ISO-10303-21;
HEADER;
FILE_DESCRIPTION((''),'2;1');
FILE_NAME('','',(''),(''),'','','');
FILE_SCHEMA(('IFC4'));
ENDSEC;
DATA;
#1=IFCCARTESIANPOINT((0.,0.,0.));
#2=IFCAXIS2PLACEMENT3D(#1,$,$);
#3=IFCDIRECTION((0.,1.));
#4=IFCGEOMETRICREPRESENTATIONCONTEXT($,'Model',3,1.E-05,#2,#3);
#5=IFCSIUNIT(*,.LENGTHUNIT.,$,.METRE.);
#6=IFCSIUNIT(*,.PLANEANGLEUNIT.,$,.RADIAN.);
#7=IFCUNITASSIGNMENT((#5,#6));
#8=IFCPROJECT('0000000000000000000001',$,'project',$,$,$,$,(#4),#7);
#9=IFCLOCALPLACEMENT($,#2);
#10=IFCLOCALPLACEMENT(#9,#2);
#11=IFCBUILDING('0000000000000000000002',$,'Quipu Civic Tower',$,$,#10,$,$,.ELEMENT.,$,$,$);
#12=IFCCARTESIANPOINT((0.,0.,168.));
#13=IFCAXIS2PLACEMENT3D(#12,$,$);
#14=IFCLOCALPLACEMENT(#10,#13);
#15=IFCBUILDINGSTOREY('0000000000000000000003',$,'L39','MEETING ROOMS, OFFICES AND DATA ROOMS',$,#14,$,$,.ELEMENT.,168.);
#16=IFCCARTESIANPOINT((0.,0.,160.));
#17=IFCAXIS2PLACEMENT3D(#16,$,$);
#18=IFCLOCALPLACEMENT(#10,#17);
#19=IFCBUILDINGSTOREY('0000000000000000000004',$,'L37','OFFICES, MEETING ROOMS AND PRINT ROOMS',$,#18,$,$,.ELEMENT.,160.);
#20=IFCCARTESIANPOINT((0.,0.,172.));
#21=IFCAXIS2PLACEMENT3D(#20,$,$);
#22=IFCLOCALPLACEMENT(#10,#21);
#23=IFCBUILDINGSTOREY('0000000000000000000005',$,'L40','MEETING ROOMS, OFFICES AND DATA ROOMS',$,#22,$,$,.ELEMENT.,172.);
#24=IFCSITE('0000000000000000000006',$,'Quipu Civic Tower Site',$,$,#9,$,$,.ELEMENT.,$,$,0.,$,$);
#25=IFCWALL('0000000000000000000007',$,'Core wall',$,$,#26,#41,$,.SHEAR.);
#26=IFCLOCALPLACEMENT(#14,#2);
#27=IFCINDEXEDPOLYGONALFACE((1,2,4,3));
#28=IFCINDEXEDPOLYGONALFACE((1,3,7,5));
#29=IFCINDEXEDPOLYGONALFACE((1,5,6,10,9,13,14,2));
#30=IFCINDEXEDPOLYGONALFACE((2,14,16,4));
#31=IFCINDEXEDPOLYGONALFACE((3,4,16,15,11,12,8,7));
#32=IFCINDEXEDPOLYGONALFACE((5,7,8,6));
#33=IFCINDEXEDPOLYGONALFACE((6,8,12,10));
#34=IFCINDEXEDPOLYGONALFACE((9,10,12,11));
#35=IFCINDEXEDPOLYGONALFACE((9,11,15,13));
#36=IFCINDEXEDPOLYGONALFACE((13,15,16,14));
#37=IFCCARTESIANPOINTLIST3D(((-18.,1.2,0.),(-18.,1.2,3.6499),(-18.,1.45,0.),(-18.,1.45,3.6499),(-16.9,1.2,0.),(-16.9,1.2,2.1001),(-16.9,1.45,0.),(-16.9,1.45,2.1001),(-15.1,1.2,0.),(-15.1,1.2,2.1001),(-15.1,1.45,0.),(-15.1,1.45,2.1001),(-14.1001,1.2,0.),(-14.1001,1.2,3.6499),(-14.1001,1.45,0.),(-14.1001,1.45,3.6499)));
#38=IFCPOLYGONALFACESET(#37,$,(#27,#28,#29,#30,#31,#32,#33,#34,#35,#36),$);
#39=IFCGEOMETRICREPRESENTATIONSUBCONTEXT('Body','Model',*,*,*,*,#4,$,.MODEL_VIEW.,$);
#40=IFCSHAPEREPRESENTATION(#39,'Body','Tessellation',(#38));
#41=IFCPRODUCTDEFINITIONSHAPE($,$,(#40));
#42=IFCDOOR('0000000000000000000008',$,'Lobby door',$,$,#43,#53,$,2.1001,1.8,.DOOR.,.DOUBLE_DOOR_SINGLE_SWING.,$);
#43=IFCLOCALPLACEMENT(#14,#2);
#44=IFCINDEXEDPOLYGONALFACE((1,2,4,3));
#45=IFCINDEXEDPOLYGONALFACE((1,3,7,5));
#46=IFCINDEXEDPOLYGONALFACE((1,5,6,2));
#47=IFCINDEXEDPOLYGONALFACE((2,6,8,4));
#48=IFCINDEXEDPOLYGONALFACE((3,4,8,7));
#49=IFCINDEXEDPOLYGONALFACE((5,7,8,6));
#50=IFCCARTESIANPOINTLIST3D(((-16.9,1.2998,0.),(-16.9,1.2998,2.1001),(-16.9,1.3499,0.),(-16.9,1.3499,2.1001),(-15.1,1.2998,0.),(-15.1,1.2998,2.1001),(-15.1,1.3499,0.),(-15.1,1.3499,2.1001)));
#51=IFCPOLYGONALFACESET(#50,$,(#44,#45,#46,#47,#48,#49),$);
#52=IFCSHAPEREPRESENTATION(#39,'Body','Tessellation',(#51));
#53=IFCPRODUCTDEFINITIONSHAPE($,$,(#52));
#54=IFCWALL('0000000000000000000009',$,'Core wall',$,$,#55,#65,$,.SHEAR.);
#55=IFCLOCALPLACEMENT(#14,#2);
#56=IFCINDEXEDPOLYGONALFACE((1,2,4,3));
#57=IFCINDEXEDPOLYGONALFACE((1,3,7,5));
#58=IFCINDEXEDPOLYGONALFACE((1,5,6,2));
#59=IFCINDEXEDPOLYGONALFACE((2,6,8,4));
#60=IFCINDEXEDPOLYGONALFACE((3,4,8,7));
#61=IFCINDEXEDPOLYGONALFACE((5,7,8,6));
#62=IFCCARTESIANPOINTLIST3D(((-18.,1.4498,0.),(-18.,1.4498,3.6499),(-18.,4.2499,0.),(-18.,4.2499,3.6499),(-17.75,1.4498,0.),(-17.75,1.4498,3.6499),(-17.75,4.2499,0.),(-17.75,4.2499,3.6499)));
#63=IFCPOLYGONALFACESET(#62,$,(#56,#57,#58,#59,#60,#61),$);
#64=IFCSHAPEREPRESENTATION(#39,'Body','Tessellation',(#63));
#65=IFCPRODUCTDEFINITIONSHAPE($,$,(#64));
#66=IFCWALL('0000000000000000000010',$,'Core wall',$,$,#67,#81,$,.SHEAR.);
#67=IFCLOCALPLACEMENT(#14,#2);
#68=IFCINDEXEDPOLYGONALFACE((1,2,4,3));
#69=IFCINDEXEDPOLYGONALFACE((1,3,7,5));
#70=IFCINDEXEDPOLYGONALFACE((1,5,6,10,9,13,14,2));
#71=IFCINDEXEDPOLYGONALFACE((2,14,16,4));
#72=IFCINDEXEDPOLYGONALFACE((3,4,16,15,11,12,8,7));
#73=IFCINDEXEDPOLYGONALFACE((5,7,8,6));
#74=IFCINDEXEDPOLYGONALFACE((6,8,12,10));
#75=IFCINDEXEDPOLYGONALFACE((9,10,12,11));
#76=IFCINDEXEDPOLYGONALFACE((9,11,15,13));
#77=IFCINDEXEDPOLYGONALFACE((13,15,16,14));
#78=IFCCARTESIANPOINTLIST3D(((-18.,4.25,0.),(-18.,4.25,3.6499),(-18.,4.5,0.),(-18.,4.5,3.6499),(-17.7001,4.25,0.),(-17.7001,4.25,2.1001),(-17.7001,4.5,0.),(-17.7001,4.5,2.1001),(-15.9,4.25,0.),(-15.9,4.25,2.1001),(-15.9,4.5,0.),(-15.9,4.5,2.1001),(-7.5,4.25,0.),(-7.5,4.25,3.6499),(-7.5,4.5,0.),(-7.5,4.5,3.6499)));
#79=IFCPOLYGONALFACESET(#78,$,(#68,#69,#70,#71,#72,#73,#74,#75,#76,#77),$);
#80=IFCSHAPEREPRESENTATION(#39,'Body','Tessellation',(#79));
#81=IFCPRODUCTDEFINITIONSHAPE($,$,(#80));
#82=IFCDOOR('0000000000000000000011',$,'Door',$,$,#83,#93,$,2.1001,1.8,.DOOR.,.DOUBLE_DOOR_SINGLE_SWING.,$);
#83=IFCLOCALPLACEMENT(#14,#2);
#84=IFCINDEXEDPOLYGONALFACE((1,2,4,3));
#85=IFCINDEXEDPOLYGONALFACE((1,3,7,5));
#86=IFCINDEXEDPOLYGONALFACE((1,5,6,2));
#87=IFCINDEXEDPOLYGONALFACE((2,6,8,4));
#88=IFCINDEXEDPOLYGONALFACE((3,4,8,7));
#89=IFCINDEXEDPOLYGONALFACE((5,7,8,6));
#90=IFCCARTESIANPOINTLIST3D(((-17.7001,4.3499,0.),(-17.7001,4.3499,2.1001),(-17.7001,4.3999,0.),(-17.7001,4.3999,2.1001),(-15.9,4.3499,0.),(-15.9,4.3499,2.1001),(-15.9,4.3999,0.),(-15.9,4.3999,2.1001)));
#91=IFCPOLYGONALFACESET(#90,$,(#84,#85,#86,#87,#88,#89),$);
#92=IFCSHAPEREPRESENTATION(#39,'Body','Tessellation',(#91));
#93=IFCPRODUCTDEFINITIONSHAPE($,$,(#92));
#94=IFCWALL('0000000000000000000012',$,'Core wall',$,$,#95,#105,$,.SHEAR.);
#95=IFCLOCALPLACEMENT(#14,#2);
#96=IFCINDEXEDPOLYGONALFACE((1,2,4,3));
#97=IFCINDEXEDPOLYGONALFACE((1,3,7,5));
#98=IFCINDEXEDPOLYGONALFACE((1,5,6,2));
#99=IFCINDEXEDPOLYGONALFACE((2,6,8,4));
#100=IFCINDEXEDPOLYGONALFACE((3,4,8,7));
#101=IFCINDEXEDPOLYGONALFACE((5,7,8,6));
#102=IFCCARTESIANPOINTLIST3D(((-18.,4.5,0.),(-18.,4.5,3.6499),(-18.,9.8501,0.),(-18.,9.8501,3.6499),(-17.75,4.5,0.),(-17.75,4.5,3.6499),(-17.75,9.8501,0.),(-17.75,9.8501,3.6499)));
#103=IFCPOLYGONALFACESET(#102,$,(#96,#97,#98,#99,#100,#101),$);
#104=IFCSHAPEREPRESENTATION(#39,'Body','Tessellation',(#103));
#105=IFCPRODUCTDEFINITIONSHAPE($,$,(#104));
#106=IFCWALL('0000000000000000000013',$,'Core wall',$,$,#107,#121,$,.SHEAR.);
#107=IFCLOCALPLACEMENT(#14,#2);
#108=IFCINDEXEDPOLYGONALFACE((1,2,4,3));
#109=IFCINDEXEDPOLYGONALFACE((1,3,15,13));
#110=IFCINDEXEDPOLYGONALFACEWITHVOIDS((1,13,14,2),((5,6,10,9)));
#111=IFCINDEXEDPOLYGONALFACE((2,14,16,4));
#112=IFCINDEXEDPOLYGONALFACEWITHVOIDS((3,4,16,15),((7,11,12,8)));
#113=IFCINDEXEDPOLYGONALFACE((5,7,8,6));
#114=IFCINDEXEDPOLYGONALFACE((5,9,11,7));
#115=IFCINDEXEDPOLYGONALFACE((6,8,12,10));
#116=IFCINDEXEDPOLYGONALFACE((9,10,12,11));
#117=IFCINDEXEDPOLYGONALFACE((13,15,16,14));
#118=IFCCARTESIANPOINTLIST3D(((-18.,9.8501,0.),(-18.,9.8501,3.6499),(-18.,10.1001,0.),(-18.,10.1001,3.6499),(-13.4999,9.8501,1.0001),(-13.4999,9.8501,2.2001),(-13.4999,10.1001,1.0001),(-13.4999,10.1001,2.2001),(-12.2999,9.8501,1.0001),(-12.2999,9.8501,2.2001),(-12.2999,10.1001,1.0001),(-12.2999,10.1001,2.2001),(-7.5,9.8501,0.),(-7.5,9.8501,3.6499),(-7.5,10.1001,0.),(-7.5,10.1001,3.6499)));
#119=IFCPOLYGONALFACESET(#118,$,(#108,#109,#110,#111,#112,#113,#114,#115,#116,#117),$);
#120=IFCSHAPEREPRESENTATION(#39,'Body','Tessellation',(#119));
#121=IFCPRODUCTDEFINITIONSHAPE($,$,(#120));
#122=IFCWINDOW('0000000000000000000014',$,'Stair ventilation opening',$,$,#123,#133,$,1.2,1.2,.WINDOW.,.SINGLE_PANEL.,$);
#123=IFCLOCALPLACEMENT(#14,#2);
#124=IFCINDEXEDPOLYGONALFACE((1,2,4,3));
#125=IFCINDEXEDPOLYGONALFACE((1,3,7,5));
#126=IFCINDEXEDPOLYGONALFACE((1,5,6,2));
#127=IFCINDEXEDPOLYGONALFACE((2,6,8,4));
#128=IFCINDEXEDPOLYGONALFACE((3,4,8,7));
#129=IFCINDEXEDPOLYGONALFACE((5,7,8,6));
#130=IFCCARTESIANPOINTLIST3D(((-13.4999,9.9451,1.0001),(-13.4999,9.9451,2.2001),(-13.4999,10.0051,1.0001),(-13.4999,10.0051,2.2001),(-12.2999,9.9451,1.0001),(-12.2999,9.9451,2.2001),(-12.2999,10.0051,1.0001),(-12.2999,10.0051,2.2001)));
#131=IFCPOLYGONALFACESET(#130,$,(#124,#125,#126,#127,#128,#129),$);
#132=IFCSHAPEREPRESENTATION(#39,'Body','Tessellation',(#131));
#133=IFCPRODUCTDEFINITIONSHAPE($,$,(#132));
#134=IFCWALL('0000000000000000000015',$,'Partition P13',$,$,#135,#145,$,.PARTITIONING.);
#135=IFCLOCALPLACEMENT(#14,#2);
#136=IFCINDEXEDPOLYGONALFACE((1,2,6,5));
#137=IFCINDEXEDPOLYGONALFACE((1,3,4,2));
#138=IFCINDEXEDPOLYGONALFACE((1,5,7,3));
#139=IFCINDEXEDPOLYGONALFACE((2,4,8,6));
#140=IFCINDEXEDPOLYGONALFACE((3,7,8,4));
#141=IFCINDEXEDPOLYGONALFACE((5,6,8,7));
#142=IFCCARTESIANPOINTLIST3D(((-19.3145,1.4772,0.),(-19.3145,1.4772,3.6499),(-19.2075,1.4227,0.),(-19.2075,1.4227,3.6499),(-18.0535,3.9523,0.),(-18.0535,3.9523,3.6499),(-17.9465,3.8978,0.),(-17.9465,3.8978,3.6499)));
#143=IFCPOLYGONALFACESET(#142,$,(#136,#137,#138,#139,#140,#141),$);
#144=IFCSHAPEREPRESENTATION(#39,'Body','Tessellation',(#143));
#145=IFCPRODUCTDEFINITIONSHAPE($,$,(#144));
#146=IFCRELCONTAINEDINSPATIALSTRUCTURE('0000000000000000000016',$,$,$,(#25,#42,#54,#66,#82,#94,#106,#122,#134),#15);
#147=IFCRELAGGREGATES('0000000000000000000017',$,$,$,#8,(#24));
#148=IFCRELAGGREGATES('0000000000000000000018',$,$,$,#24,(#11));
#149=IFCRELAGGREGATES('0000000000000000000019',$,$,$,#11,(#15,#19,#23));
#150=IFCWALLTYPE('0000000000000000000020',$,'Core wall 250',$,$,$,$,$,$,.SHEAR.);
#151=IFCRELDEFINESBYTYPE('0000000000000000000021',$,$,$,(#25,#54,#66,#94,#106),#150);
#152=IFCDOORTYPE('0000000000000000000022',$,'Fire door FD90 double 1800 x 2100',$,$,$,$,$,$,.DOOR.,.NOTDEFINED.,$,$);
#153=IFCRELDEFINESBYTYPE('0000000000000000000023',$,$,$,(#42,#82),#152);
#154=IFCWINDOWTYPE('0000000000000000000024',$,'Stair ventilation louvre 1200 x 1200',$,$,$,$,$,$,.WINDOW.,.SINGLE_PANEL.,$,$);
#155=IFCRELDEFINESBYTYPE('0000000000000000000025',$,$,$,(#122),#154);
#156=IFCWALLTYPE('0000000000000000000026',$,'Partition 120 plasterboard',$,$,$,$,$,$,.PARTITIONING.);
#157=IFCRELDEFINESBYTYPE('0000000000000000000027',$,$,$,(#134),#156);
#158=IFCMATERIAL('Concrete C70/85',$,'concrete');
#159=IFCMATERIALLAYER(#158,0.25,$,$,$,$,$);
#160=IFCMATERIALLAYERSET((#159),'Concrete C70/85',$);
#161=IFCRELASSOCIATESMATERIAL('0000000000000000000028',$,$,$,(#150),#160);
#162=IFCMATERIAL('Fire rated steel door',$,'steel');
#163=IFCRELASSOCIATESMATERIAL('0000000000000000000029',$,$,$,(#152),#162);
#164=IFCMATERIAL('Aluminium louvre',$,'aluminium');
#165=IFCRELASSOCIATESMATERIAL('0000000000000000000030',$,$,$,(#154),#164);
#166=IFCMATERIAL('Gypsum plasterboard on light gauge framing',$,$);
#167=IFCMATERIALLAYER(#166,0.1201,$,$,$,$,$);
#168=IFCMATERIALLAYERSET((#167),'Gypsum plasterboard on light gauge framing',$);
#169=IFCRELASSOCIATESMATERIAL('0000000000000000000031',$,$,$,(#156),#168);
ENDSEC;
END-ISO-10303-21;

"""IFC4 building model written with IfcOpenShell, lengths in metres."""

from ifc_helpers import new_model, si_unit, direction, frame, frame_2d, origin, place, context, subcontext, project, spatial, rectangle, extrude, material, layer, layer_set, type_object, element, fill, save


model = new_model("IFC4")

# Units and contexts
model_context = context("Model", 3, precision=1e-05, world=origin(), true_north=direction((0.0, 1.0)))
body_context = subcontext(model_context, "Body", "Model", "MODEL_VIEW")
ifc_project = project(units=[si_unit("LENGTHUNIT", "METRE"), si_unit("PLANEANGLEUNIT", "RADIAN")], contexts=[model_context])

# Site, building, storey
site_placement = place(None, origin())
site = spatial("IfcSite", under=ifc_project, at=site_placement, Name="Quipu Civic Tower Site", CompositionType="ELEMENT", RefElevation=0.0)
building_placement = place(site_placement, origin())
building = spatial("IfcBuilding", under=site, at=building_placement, Name="Quipu Civic Tower", CompositionType="ELEMENT")
storey_1_placement = place(building_placement, frame((0.0, 0.0, 168.0)))
storey_1 = spatial("IfcBuildingStorey", under=building, at=storey_1_placement, Name="L39", Description="MEETING ROOMS, OFFICES AND DATA ROOMS", CompositionType="ELEMENT", Elevation=168.0)

# Shared definitions
storey_2_placement = place(building_placement, frame((0.0, 0.0, 160.0)))
storey_2 = spatial("IfcBuildingStorey", under=building, at=storey_2_placement, Name="L37", Description="OFFICES, MEETING ROOMS AND PRINT ROOMS", CompositionType="ELEMENT", Elevation=160.0)

# Shared definitions
storey_3_placement = place(building_placement, frame((0.0, 0.0, 172.0)))
storey_3 = spatial("IfcBuildingStorey", under=building, at=storey_3_placement, Name="L40", Description="MEETING ROOMS, OFFICES AND DATA ROOMS", CompositionType="ELEMENT", Elevation=172.0)

# Wall, opening, door
ifc_material_1 = material(Name="Concrete C70/85", Category="concrete")
ifc_layer_1 = layer(ifc_material_1, 0.25)
ifc_layer_set_1 = layer_set([ifc_layer_1], Name="Concrete C70/85")
wall_type_1 = type_object("IfcWallType", Name="Core wall 250", PredefinedType="SHEAR", material=ifc_layer_set_1)
wall_1_placement = place(storey_1_placement, frame((-18.0, 1.325, 0.0), z_axis=(0.0, 0.0, 1.0), x_axis=(1.0, 0.0, 0.0)))
wall_1 = element("IfcWall", 1, at=wall_1_placement, inside=storey_1, type_object=wall_type_1, Name="Core wall", PredefinedType="SHEAR", context=body_context, shape_type="SweptSolid", body=[
    extrude(rectangle(XDim=3.8999, YDim=0.25, at=frame_2d((1.95, 0.0))), origin(), (0.0, 0.0, 1.0), 3.6499),
])
opening_1_placement = place(wall_1_placement, frame((1.1001, 0.0, 0.0)))
opening_1 = element("IfcOpeningElement", 2, at=opening_1_placement, cuts=wall_1, PredefinedType="OPENING", context=body_context, shape_type="SweptSolid", body=[
    extrude(rectangle(XDim=1.8, YDim=2.1001, at=frame_2d((0.8999, 1.05))), frame((0.0, 0.135, 0.0), z_axis=(0.0, -1.0, 0.0), x_axis=(1.0, 0.0, 0.0)), (0.0, 0.0, 1.0), 0.27),
])
ifc_material_2 = material(Name="Fire rated steel door", Category="steel")
door_type = type_object("IfcDoorType", Name="Fire door FD90 double 1800 x 2100", OperationType="NOTDEFINED", PredefinedType="DOOR", material=ifc_material_2)
door_1_placement = place(opening_1_placement, origin())
door_1 = element("IfcDoor", 3, at=door_1_placement, inside=storey_1, type_object=door_type, Name="Lobby door", OperationType="DOUBLE_DOOR_SINGLE_SWING", OverallHeight=2.1001, OverallWidth=1.8, PredefinedType="DOOR", context=body_context, shape_type="SweptSolid", body=[
    extrude(rectangle(XDim=1.8, YDim=2.1001, at=frame_2d((0.8999, 1.05))), frame((0.0, 0.0249, 0.0), z_axis=(0.0, -1.0, 0.0), x_axis=(1.0, 0.0, 0.0)), (0.0, 0.0, 1.0), 0.05),
])
fill(opening_1, door_1)

# Wall
wall_2_placement = place(storey_1_placement, frame((-17.875, 1.45, 0.0), z_axis=(0.0, 0.0, 1.0), x_axis=(0.0, 1.0, 0.0)))
element("IfcWall", 4, at=wall_2_placement, inside=storey_1, type_object=wall_type_1, Name="Core wall", PredefinedType="SHEAR", context=body_context, shape_type="SweptSolid", body=[
    extrude(rectangle(XDim=2.8, YDim=0.25, at=frame_2d((1.3999, 0.0))), origin(), (0.0, 0.0, 1.0), 3.6499),
])

# Wall, opening, door
wall_3_placement = place(storey_1_placement, frame((-18.0, 4.375, 0.0), z_axis=(0.0, 0.0, 1.0), x_axis=(1.0, 0.0, 0.0)))
wall_3 = element("IfcWall", 5, at=wall_3_placement, inside=storey_1, type_object=wall_type_1, Name="Core wall", PredefinedType="SHEAR", context=body_context, shape_type="SweptSolid", body=[
    extrude(rectangle(XDim=10.5, YDim=0.25, at=frame_2d((5.25, 0.0))), origin(), (0.0, 0.0, 1.0), 3.6499),
])
opening_2_placement = place(wall_3_placement, frame((0.3, 0.0, 0.0)))
opening_2 = element("IfcOpeningElement", 6, at=opening_2_placement, cuts=wall_3, PredefinedType="OPENING", context=body_context, shape_type="SweptSolid", body=[
    extrude(rectangle(XDim=1.8, YDim=2.1001, at=frame_2d((0.8999, 1.05))), frame((0.0, 0.135, 0.0), z_axis=(0.0, -1.0, 0.0), x_axis=(1.0, 0.0, 0.0)), (0.0, 0.0, 1.0), 0.27),
])
door_2_placement = place(opening_2_placement, origin())
door_2 = element("IfcDoor", 7, at=door_2_placement, inside=storey_1, type_object=door_type, Name="Door", OperationType="DOUBLE_DOOR_SINGLE_SWING", OverallHeight=2.1001, OverallWidth=1.8, PredefinedType="DOOR", context=body_context, shape_type="SweptSolid", body=[
    extrude(rectangle(XDim=1.8, YDim=2.1001, at=frame_2d((0.8999, 1.05))), frame((0.0, 0.0249, 0.0), z_axis=(0.0, -1.0, 0.0), x_axis=(1.0, 0.0, 0.0)), (0.0, 0.0, 1.0), 0.05),
])
fill(opening_2, door_2)

# Wall
wall_4_placement = place(storey_1_placement, frame((-17.875, 4.5, 0.0), z_axis=(0.0, 0.0, 1.0), x_axis=(0.0, 1.0, 0.0)))
element("IfcWall", 8, at=wall_4_placement, inside=storey_1, type_object=wall_type_1, Name="Core wall", PredefinedType="SHEAR", context=body_context, shape_type="SweptSolid", body=[
    extrude(rectangle(XDim=5.3501, YDim=0.25, at=frame_2d((2.675, 0.0))), origin(), (0.0, 0.0, 1.0), 3.6499),
])

# Wall, opening, window
wall_5_placement = place(storey_1_placement, frame((-18.0, 9.9751, 0.0), z_axis=(0.0, 0.0, 1.0), x_axis=(1.0, 0.0, 0.0)))
wall_5 = element("IfcWall", 9, at=wall_5_placement, inside=storey_1, type_object=wall_type_1, Name="Core wall", PredefinedType="SHEAR", context=body_context, shape_type="SweptSolid", body=[
    extrude(rectangle(XDim=10.5, YDim=0.25, at=frame_2d((5.25, 0.0))), origin(), (0.0, 0.0, 1.0), 3.6499),
])
opening_3_placement = place(wall_5_placement, frame((4.5, 0.0, 1.0)))
opening_3 = element("IfcOpeningElement", 10, at=opening_3_placement, cuts=wall_5, PredefinedType="OPENING", context=body_context, shape_type="SweptSolid", body=[
    extrude(rectangle(XDim=1.2, YDim=1.2, at=frame_2d((0.6001, 0.6001))), frame((0.0, 0.135, 0.0), z_axis=(0.0, -1.0, 0.0), x_axis=(1.0, 0.0, 0.0)), (0.0, 0.0, 1.0), 0.27),
])
ifc_material_3 = material(Name="Aluminium louvre", Category="aluminium")
window_type = type_object("IfcWindowType", Name="Stair ventilation louvre 1200 x 1200", PartitioningType="SINGLE_PANEL", PredefinedType="WINDOW", material=ifc_material_3)
window_placement = place(opening_3_placement, origin())
window = element("IfcWindow", 11, at=window_placement, inside=storey_1, type_object=window_type, Name="Stair ventilation opening", OverallHeight=1.2, OverallWidth=1.2, PartitioningType="SINGLE_PANEL", PredefinedType="WINDOW", context=body_context, shape_type="SweptSolid", body=[
    extrude(rectangle(XDim=1.2, YDim=1.2, at=frame_2d((0.6001, 0.6001))), frame((0.0, 0.03, 0.0), z_axis=(0.0, -1.0, 0.0), x_axis=(1.0, 0.0, 0.0)), (0.0, 0.0, 1.0), 0.0601),
])
fill(opening_3, window)

# Wall
ifc_material_4 = material(Name="Gypsum plasterboard on light gauge framing")
ifc_layer_2 = layer(ifc_material_4, 0.1201)
ifc_layer_set_2 = layer_set([ifc_layer_2], Name="Gypsum plasterboard on light gauge framing")
wall_type_2 = type_object("IfcWallType", Name="Partition 120 plasterboard", PredefinedType="PARTITIONING", material=ifc_layer_set_2)
wall_6_placement = place(storey_1_placement, frame((-19.261, 1.45, 0.0), z_axis=(0.0, 0.0, 1.0), x_axis=(0.453951, 0.891027, 0.0)))
element("IfcWall", 12, at=wall_6_placement, inside=storey_1, type_object=wall_type_2, Name="Partition P13", PredefinedType="PARTITIONING", context=body_context, shape_type="SweptSolid", body=[
    extrude(rectangle(XDim=2.7778, YDim=0.1201, at=frame_2d((1.3889, 0.0))), origin(), (0.0, 0.0, 1.0), 3.6499),
])

save(model, "model.ifc")
